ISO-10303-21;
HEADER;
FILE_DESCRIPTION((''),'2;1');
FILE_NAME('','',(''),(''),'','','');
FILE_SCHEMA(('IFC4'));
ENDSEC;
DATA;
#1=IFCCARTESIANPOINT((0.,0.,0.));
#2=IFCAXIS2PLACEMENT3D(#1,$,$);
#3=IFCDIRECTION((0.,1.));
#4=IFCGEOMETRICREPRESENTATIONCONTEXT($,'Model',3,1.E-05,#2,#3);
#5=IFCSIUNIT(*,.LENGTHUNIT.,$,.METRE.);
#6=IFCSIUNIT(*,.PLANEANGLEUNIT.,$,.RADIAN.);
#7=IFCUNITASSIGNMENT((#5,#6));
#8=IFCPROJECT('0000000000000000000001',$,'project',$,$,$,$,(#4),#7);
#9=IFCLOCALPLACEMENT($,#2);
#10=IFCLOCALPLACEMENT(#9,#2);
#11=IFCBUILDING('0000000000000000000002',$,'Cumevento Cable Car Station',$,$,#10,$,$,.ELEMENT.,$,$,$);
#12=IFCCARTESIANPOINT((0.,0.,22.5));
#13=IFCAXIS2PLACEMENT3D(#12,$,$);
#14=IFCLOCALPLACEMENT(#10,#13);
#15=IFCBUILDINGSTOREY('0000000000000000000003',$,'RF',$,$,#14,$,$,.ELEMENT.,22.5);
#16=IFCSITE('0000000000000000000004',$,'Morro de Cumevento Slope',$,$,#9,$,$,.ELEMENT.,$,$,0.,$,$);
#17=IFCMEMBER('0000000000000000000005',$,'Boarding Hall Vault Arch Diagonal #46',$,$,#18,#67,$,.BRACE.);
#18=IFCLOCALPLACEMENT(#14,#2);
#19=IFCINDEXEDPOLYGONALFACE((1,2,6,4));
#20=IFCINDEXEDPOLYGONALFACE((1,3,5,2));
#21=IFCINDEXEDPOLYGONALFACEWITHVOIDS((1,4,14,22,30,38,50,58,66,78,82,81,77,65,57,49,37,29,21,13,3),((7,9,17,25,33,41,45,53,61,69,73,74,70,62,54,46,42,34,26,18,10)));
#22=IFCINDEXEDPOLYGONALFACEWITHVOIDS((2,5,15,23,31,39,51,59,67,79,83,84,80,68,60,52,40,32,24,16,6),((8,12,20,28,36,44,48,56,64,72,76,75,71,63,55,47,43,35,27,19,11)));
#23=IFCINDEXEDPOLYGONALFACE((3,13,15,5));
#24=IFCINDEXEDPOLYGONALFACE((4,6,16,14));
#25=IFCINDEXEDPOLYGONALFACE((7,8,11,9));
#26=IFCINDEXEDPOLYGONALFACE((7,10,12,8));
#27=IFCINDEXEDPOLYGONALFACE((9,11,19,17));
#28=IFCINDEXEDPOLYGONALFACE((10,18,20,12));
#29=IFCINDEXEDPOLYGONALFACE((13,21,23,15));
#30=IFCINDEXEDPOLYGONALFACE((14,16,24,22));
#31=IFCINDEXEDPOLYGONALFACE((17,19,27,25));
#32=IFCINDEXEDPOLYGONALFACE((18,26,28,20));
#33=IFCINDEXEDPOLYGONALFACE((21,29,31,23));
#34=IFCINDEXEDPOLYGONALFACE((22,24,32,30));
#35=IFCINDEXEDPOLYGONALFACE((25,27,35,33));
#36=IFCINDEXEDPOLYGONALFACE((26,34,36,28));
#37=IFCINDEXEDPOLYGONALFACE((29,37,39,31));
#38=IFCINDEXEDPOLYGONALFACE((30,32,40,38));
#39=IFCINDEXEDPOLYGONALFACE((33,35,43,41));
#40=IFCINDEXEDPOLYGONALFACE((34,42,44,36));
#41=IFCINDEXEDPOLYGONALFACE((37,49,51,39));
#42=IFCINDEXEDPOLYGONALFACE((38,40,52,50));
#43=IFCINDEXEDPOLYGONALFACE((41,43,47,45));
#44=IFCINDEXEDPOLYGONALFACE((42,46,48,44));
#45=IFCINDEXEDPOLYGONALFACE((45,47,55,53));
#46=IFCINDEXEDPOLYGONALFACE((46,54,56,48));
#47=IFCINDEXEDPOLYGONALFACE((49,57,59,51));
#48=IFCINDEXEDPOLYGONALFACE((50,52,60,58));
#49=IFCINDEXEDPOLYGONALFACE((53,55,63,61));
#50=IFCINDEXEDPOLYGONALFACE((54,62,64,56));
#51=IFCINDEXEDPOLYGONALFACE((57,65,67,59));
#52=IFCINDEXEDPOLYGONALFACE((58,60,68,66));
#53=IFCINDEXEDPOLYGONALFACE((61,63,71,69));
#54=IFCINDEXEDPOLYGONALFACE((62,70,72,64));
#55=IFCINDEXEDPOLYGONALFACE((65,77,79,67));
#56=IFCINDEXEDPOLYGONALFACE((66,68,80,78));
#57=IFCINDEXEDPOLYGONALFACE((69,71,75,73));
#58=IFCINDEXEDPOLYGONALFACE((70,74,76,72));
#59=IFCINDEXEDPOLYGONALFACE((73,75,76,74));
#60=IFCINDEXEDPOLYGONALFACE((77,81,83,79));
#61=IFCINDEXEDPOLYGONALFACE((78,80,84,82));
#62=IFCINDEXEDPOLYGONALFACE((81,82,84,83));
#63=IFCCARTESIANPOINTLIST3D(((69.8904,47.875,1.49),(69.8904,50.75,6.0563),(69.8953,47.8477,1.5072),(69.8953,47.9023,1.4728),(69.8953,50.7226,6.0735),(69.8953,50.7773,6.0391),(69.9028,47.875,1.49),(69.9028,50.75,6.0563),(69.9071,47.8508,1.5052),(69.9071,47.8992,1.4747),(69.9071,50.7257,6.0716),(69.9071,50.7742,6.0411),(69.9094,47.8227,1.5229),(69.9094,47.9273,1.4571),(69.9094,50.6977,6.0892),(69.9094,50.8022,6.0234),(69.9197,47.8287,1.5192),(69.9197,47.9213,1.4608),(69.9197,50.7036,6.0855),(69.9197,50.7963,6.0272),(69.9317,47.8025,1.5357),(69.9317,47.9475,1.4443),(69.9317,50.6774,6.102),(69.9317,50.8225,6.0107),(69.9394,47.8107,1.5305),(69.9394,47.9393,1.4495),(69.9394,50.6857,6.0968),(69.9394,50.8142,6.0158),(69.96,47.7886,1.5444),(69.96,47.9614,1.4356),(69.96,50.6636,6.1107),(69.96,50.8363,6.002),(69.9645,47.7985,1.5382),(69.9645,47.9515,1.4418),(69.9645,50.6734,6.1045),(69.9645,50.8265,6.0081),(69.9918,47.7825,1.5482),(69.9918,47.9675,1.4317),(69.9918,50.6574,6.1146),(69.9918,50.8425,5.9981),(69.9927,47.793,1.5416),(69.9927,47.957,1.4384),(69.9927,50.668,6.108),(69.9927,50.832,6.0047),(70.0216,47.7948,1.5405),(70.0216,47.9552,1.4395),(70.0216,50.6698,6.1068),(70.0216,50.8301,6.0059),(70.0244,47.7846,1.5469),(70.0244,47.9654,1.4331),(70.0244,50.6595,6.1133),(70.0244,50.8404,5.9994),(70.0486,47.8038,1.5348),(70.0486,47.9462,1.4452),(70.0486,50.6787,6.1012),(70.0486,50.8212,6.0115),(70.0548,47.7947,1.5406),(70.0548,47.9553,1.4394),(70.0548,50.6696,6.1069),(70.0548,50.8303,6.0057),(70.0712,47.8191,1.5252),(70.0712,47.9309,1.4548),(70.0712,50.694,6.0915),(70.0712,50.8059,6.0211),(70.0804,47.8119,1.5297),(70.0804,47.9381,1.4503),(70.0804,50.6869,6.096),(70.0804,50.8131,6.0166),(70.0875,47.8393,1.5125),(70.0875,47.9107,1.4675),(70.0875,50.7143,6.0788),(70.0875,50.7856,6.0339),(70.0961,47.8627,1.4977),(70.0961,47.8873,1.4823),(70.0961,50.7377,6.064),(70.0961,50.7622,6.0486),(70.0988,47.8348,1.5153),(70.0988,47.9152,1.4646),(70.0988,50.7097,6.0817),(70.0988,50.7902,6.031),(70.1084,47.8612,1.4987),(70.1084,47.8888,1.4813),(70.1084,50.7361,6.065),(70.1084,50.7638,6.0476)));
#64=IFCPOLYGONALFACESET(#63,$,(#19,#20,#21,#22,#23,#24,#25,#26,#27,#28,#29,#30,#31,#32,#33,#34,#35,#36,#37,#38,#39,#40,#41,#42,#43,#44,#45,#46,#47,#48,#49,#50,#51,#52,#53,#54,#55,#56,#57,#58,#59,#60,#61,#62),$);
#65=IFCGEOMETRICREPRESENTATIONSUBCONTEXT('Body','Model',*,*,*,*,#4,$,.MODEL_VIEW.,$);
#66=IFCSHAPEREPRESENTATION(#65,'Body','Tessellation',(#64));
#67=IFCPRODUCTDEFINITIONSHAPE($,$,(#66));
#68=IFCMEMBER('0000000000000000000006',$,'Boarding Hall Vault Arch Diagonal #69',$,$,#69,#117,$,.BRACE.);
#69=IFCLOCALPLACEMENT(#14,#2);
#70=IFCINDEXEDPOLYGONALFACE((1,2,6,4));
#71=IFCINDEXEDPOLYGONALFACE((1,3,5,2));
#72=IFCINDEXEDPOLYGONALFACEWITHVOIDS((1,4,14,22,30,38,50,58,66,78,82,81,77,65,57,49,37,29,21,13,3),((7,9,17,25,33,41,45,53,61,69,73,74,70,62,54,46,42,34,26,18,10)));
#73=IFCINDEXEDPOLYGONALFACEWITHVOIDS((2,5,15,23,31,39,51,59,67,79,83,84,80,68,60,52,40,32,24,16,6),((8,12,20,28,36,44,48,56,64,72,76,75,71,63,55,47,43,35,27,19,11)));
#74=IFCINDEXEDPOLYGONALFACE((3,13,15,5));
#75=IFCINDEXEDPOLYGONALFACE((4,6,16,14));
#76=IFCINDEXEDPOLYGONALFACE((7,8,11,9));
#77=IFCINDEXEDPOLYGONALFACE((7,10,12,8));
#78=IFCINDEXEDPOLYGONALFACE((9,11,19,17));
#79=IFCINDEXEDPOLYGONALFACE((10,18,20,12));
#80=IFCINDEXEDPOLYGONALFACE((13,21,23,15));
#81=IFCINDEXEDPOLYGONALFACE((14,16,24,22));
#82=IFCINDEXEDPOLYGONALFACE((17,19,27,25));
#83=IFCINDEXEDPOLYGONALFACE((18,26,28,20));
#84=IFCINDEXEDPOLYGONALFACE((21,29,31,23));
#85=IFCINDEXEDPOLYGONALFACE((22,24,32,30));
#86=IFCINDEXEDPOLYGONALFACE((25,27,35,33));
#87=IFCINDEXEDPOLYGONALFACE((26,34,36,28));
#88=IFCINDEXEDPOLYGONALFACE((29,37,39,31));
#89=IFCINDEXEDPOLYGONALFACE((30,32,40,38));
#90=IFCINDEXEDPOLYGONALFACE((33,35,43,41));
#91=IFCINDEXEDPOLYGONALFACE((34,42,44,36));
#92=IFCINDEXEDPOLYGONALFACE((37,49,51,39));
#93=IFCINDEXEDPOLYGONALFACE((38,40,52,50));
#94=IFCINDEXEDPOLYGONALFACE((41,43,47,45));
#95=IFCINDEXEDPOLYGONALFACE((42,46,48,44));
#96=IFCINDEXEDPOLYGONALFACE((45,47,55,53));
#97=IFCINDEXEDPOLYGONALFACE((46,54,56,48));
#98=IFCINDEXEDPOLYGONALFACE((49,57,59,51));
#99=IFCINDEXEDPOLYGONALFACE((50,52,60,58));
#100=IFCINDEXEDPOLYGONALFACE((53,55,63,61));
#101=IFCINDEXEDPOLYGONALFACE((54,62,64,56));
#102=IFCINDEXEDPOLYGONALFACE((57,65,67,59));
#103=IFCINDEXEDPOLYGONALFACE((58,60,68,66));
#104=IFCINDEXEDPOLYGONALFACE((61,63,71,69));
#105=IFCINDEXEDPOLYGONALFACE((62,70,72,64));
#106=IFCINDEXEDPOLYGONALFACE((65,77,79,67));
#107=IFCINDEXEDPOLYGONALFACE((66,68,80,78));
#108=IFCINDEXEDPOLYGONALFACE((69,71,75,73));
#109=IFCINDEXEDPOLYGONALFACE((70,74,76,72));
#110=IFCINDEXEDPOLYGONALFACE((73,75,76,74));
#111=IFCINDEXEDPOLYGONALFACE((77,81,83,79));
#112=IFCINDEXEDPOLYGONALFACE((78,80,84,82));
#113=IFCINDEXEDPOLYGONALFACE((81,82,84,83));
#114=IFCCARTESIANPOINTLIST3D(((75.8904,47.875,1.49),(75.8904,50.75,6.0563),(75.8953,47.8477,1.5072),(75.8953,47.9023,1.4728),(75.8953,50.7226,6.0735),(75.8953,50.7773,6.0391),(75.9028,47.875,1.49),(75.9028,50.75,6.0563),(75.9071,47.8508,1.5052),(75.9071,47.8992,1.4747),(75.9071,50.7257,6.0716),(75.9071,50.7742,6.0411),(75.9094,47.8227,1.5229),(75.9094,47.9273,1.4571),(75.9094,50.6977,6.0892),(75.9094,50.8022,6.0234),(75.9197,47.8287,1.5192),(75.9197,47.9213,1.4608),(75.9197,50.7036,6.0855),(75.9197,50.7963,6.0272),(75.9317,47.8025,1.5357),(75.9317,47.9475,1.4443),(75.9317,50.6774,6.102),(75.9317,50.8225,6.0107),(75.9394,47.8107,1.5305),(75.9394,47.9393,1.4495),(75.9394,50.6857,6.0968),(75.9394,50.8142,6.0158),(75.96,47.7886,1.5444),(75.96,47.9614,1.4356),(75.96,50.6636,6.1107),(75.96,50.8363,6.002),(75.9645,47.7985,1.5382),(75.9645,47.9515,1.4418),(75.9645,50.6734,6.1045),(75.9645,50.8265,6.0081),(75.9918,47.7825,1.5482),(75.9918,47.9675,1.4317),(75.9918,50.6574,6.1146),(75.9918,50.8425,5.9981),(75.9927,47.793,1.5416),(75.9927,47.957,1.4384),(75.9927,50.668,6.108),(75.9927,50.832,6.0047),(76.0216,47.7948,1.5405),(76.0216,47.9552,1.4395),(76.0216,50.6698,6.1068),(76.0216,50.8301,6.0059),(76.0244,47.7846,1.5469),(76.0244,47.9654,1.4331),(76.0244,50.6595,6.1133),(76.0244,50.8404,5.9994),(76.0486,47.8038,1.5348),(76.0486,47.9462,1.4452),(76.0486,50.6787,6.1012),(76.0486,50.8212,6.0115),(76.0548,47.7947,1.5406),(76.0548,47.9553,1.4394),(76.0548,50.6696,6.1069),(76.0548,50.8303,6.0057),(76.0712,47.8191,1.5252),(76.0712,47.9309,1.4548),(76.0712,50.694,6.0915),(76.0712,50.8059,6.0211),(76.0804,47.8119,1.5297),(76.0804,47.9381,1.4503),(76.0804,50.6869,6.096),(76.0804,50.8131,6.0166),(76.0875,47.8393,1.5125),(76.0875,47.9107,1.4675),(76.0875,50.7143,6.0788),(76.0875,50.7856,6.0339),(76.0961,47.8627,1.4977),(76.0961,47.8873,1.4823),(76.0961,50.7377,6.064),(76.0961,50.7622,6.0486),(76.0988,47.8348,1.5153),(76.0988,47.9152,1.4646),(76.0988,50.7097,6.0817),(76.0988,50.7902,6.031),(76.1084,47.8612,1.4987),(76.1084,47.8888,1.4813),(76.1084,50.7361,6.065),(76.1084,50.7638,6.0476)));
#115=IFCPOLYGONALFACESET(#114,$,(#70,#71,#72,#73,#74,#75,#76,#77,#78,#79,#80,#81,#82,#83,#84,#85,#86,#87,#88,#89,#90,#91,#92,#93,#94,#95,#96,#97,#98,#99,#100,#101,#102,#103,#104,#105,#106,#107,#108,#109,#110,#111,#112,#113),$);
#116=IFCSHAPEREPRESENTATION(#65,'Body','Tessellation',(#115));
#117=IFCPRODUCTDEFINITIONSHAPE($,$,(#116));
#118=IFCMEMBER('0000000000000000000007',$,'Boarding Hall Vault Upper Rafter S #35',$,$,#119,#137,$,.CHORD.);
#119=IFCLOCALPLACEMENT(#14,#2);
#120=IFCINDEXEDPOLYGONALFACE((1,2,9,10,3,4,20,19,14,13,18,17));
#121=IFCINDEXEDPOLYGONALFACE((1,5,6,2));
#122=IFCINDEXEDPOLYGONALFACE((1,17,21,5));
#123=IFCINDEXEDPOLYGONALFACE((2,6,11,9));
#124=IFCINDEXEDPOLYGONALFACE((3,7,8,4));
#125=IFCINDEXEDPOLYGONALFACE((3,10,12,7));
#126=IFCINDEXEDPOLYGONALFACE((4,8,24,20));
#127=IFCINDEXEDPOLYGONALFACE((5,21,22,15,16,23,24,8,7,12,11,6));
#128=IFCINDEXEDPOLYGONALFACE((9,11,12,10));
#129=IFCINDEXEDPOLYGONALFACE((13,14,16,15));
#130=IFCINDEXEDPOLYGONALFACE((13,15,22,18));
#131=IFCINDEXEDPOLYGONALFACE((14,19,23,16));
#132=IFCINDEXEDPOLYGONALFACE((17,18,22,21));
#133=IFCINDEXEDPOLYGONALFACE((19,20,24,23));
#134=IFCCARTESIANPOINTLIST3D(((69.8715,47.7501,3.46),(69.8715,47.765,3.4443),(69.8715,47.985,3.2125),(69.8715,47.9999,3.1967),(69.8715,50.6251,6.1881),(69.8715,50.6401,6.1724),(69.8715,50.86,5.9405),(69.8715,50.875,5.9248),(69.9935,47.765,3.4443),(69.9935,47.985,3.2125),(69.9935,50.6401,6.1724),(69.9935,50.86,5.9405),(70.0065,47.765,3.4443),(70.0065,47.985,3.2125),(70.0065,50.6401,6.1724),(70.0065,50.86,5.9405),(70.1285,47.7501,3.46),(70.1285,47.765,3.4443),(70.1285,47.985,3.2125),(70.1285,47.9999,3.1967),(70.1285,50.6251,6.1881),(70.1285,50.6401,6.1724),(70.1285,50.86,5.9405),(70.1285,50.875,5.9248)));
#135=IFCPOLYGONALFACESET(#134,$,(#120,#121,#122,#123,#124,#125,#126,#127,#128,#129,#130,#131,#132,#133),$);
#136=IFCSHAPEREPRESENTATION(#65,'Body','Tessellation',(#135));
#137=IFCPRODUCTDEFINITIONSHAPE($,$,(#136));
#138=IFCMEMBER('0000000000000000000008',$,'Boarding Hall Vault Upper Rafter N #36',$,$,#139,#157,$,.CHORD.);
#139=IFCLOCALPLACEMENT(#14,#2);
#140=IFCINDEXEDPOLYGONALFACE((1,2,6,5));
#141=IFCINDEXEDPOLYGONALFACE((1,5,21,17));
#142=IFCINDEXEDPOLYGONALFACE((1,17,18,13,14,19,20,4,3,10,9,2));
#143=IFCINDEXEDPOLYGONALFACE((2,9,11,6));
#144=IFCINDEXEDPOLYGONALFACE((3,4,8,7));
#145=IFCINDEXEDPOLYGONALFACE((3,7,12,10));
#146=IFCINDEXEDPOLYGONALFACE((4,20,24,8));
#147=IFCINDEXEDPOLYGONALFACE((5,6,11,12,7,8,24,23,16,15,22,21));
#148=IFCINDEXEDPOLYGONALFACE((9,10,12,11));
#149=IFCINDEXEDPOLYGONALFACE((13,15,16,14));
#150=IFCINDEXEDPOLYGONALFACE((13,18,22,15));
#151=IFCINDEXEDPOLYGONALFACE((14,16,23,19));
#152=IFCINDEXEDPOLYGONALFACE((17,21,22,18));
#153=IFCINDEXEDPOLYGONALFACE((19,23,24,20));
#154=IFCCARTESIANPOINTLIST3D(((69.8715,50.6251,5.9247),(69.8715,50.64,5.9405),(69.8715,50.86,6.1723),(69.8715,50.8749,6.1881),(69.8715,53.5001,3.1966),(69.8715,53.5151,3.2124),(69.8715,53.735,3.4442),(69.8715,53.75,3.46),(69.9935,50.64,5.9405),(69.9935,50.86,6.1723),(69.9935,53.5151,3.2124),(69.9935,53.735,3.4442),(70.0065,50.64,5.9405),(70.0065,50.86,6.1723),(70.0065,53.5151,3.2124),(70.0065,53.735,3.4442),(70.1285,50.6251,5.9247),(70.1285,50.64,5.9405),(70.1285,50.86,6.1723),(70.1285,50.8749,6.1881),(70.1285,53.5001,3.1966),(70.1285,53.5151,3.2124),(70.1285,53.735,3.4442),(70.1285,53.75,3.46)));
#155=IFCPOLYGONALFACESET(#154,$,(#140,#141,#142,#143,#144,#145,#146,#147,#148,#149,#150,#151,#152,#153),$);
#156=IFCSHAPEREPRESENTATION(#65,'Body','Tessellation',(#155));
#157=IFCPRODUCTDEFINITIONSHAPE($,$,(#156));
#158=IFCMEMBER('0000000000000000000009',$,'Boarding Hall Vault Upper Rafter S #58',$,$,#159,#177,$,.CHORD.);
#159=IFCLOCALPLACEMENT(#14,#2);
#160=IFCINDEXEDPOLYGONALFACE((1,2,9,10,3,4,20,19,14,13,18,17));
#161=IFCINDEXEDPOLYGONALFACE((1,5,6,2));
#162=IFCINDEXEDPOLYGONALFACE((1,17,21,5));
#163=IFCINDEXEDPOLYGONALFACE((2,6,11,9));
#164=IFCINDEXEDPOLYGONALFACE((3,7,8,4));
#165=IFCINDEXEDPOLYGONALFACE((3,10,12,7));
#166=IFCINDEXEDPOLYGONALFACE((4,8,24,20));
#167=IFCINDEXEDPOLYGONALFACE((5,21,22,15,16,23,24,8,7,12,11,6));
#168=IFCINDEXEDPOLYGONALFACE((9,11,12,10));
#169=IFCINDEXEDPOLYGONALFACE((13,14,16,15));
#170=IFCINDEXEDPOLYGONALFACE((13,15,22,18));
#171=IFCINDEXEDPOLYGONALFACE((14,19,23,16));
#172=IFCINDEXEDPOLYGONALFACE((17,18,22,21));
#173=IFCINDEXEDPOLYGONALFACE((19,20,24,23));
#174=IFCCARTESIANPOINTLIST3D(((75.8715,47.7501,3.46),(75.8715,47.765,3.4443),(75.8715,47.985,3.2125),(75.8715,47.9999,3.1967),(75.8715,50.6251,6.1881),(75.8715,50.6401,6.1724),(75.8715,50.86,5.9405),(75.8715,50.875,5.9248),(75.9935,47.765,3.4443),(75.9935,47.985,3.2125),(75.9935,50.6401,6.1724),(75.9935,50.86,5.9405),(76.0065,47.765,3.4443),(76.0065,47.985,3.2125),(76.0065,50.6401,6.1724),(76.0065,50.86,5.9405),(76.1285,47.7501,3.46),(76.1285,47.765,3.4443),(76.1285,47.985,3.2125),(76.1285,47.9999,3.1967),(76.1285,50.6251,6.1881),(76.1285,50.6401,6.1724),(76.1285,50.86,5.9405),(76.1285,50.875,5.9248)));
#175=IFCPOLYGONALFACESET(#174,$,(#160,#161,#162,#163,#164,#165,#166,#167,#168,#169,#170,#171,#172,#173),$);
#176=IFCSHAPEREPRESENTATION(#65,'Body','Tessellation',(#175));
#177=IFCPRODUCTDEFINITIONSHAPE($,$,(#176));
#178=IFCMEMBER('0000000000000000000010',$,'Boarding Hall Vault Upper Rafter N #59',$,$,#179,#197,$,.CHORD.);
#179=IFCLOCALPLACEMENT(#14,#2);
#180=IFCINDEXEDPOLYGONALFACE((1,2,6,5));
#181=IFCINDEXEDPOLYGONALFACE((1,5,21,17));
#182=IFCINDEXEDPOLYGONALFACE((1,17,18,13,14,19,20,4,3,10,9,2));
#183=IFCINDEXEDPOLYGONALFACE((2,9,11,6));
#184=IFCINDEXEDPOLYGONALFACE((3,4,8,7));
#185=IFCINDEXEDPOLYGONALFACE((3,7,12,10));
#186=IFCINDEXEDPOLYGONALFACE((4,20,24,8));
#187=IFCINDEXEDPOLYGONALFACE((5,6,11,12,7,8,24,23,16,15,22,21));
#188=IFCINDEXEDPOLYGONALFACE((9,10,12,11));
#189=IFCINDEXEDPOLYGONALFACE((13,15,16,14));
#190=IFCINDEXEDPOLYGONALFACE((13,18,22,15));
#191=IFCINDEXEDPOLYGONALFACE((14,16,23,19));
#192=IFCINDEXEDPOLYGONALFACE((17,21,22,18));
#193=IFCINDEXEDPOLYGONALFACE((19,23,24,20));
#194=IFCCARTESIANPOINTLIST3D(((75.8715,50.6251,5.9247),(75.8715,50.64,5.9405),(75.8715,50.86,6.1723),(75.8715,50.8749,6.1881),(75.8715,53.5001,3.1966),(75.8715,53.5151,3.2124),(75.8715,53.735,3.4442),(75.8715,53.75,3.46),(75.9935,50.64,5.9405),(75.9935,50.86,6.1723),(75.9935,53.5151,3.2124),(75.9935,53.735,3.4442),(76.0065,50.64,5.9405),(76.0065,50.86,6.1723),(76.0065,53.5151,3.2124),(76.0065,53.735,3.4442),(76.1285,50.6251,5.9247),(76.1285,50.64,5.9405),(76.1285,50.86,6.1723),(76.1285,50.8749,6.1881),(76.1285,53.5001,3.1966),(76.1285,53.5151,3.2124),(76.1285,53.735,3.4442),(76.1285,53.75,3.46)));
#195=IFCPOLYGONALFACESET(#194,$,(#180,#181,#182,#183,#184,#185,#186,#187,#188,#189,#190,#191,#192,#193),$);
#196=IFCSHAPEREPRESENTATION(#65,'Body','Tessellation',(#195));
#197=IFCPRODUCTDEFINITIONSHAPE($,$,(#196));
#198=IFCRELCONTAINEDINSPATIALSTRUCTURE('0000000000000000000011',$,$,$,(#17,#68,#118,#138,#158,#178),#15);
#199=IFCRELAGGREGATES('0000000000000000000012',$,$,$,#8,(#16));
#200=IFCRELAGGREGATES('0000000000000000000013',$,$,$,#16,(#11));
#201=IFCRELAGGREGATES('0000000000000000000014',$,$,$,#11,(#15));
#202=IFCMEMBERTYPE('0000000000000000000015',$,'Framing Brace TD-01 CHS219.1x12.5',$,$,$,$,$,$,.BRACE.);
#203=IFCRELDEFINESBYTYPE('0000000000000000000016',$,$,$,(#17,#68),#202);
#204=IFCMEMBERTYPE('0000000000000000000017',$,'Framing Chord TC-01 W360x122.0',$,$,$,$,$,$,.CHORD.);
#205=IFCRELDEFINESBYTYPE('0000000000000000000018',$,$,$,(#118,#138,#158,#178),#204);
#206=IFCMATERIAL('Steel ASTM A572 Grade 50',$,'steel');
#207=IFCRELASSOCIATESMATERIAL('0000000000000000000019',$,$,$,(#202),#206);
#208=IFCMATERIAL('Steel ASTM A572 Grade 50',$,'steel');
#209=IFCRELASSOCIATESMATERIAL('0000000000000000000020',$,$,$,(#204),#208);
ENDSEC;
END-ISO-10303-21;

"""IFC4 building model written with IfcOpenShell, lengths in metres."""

from ifc_helpers import new_model, si_unit, direction, frame, origin, origin_2d, place, context, subcontext, project, spatial, hollow_circle, i_section, extrude, material, material_profile, profile_set, type_object, element, save


model = new_model("IFC4")

# Units and contexts
model_context = context("Model", 3, precision=1e-05, world=origin(), true_north=direction((0.0, 1.0)))
body_context = subcontext(model_context, "Body", "Model", "MODEL_VIEW")
ifc_project = project(units=[si_unit("LENGTHUNIT", "METRE"), si_unit("PLANEANGLEUNIT", "RADIAN")], contexts=[model_context])

# Site, building, storey
site_placement = place(None, origin())
site = spatial("IfcSite", under=ifc_project, at=site_placement, Name="Morro de Cumevento Slope", CompositionType="ELEMENT", RefElevation=0.0)
building_placement = place(site_placement, origin())
building = spatial("IfcBuilding", under=site, at=building_placement, Name="Cumevento Cable Car Station", CompositionType="ELEMENT")
storey_placement = place(building_placement, frame((0.0, 0.0, 22.5)))
storey = spatial("IfcBuildingStorey", under=building, at=storey_placement, Name="RF", CompositionType="ELEMENT", Elevation=22.5)

# Members
ifc_material_1 = material(Name="Steel ASTM A572 Grade 50", Category="steel")
ifc_material_profile_1 = material_profile(ifc_material_1, hollow_circle(Radius=0.1096, WallThickness=0.0125, at=origin_2d()), Name="CHS219.1x12.5")
ifc_profile_set_1 = profile_set([ifc_material_profile_1], Name="Steel ASTM A572 Grade 50")
member_type_1 = type_object("IfcMemberType", Name="Framing Brace TD-01 CHS219.1x12.5", PredefinedType="BRACE", material=ifc_profile_set_1)
for number, where, z_axis, x_axis, name in (
    (1, (70.0, 47.875, 1.49), (0.0, 0.532794, 0.846245), (-1.0, 0.0, 0.0), "Boarding Hall Vault Arch Diagonal #46"),
    (2, (76.0, 47.875, 1.49), (0.0, 0.532794, 0.846245), (-1.0, 0.0, 0.0), "Boarding Hall Vault Arch Diagonal #69"),
):
    element("IfcMember", number, at=place(storey_placement, frame(where, z_axis=z_axis, x_axis=x_axis)), inside=storey, type_object=member_type_1, Name=name, PredefinedType="BRACE", context=body_context, shape_type="SweptSolid", body=[
        extrude(hollow_circle(Radius=0.1096, WallThickness=0.0125, at=origin_2d()), origin(), (0.0, 0.0, 1.0), 5.396),
    ])
ifc_material_2 = material(Name="Steel ASTM A572 Grade 50", Category="steel")
ifc_material_profile_2 = material_profile(ifc_material_2, i_section(OverallWidth=0.2571, OverallDepth=0.363, WebThickness=0.0129, FlangeThickness=0.0217, at=origin_2d()), Name="W360x122.0")
ifc_profile_set_2 = profile_set([ifc_material_profile_2], Name="Steel ASTM A572 Grade 50")
member_type_2 = type_object("IfcMemberType", Name="Framing Chord TC-01 W360x122.0", PredefinedType="CHORD", material=ifc_profile_set_2)
for number, where, z_axis, x_axis, name in (
    (3, (70.0, 47.875, 3.3284), (0.0, 0.725405, 0.688322), (-1.0, 0.0, 0.0), "Boarding Hall Vault Upper Rafter S #35"),
    (4, (70.0, 50.75, 6.0564), (0.0, 0.725405, -0.688322), (-1.0, 0.0, 0.0), "Boarding Hall Vault Upper Rafter N #36"),
    (5, (76.0, 47.875, 3.3284), (0.0, 0.725405, 0.688322), (-1.0, 0.0, 0.0), "Boarding Hall Vault Upper Rafter S #58"),
    (6, (76.0, 50.75, 6.0564), (0.0, 0.725405, -0.688322), (-1.0, 0.0, 0.0), "Boarding Hall Vault Upper Rafter N #59"),
):
    element("IfcMember", number, at=place(storey_placement, frame(where, z_axis=z_axis, x_axis=x_axis)), inside=storey, type_object=member_type_2, Name=name, PredefinedType="CHORD", context=body_context, shape_type="SweptSolid", body=[
        extrude(i_section(OverallWidth=0.2571, OverallDepth=0.363, WebThickness=0.0129, FlangeThickness=0.0217, at=origin_2d()), origin(), (0.0, 0.0, 1.0), 3.9634),
    ])

save(model, "model.ifc")
